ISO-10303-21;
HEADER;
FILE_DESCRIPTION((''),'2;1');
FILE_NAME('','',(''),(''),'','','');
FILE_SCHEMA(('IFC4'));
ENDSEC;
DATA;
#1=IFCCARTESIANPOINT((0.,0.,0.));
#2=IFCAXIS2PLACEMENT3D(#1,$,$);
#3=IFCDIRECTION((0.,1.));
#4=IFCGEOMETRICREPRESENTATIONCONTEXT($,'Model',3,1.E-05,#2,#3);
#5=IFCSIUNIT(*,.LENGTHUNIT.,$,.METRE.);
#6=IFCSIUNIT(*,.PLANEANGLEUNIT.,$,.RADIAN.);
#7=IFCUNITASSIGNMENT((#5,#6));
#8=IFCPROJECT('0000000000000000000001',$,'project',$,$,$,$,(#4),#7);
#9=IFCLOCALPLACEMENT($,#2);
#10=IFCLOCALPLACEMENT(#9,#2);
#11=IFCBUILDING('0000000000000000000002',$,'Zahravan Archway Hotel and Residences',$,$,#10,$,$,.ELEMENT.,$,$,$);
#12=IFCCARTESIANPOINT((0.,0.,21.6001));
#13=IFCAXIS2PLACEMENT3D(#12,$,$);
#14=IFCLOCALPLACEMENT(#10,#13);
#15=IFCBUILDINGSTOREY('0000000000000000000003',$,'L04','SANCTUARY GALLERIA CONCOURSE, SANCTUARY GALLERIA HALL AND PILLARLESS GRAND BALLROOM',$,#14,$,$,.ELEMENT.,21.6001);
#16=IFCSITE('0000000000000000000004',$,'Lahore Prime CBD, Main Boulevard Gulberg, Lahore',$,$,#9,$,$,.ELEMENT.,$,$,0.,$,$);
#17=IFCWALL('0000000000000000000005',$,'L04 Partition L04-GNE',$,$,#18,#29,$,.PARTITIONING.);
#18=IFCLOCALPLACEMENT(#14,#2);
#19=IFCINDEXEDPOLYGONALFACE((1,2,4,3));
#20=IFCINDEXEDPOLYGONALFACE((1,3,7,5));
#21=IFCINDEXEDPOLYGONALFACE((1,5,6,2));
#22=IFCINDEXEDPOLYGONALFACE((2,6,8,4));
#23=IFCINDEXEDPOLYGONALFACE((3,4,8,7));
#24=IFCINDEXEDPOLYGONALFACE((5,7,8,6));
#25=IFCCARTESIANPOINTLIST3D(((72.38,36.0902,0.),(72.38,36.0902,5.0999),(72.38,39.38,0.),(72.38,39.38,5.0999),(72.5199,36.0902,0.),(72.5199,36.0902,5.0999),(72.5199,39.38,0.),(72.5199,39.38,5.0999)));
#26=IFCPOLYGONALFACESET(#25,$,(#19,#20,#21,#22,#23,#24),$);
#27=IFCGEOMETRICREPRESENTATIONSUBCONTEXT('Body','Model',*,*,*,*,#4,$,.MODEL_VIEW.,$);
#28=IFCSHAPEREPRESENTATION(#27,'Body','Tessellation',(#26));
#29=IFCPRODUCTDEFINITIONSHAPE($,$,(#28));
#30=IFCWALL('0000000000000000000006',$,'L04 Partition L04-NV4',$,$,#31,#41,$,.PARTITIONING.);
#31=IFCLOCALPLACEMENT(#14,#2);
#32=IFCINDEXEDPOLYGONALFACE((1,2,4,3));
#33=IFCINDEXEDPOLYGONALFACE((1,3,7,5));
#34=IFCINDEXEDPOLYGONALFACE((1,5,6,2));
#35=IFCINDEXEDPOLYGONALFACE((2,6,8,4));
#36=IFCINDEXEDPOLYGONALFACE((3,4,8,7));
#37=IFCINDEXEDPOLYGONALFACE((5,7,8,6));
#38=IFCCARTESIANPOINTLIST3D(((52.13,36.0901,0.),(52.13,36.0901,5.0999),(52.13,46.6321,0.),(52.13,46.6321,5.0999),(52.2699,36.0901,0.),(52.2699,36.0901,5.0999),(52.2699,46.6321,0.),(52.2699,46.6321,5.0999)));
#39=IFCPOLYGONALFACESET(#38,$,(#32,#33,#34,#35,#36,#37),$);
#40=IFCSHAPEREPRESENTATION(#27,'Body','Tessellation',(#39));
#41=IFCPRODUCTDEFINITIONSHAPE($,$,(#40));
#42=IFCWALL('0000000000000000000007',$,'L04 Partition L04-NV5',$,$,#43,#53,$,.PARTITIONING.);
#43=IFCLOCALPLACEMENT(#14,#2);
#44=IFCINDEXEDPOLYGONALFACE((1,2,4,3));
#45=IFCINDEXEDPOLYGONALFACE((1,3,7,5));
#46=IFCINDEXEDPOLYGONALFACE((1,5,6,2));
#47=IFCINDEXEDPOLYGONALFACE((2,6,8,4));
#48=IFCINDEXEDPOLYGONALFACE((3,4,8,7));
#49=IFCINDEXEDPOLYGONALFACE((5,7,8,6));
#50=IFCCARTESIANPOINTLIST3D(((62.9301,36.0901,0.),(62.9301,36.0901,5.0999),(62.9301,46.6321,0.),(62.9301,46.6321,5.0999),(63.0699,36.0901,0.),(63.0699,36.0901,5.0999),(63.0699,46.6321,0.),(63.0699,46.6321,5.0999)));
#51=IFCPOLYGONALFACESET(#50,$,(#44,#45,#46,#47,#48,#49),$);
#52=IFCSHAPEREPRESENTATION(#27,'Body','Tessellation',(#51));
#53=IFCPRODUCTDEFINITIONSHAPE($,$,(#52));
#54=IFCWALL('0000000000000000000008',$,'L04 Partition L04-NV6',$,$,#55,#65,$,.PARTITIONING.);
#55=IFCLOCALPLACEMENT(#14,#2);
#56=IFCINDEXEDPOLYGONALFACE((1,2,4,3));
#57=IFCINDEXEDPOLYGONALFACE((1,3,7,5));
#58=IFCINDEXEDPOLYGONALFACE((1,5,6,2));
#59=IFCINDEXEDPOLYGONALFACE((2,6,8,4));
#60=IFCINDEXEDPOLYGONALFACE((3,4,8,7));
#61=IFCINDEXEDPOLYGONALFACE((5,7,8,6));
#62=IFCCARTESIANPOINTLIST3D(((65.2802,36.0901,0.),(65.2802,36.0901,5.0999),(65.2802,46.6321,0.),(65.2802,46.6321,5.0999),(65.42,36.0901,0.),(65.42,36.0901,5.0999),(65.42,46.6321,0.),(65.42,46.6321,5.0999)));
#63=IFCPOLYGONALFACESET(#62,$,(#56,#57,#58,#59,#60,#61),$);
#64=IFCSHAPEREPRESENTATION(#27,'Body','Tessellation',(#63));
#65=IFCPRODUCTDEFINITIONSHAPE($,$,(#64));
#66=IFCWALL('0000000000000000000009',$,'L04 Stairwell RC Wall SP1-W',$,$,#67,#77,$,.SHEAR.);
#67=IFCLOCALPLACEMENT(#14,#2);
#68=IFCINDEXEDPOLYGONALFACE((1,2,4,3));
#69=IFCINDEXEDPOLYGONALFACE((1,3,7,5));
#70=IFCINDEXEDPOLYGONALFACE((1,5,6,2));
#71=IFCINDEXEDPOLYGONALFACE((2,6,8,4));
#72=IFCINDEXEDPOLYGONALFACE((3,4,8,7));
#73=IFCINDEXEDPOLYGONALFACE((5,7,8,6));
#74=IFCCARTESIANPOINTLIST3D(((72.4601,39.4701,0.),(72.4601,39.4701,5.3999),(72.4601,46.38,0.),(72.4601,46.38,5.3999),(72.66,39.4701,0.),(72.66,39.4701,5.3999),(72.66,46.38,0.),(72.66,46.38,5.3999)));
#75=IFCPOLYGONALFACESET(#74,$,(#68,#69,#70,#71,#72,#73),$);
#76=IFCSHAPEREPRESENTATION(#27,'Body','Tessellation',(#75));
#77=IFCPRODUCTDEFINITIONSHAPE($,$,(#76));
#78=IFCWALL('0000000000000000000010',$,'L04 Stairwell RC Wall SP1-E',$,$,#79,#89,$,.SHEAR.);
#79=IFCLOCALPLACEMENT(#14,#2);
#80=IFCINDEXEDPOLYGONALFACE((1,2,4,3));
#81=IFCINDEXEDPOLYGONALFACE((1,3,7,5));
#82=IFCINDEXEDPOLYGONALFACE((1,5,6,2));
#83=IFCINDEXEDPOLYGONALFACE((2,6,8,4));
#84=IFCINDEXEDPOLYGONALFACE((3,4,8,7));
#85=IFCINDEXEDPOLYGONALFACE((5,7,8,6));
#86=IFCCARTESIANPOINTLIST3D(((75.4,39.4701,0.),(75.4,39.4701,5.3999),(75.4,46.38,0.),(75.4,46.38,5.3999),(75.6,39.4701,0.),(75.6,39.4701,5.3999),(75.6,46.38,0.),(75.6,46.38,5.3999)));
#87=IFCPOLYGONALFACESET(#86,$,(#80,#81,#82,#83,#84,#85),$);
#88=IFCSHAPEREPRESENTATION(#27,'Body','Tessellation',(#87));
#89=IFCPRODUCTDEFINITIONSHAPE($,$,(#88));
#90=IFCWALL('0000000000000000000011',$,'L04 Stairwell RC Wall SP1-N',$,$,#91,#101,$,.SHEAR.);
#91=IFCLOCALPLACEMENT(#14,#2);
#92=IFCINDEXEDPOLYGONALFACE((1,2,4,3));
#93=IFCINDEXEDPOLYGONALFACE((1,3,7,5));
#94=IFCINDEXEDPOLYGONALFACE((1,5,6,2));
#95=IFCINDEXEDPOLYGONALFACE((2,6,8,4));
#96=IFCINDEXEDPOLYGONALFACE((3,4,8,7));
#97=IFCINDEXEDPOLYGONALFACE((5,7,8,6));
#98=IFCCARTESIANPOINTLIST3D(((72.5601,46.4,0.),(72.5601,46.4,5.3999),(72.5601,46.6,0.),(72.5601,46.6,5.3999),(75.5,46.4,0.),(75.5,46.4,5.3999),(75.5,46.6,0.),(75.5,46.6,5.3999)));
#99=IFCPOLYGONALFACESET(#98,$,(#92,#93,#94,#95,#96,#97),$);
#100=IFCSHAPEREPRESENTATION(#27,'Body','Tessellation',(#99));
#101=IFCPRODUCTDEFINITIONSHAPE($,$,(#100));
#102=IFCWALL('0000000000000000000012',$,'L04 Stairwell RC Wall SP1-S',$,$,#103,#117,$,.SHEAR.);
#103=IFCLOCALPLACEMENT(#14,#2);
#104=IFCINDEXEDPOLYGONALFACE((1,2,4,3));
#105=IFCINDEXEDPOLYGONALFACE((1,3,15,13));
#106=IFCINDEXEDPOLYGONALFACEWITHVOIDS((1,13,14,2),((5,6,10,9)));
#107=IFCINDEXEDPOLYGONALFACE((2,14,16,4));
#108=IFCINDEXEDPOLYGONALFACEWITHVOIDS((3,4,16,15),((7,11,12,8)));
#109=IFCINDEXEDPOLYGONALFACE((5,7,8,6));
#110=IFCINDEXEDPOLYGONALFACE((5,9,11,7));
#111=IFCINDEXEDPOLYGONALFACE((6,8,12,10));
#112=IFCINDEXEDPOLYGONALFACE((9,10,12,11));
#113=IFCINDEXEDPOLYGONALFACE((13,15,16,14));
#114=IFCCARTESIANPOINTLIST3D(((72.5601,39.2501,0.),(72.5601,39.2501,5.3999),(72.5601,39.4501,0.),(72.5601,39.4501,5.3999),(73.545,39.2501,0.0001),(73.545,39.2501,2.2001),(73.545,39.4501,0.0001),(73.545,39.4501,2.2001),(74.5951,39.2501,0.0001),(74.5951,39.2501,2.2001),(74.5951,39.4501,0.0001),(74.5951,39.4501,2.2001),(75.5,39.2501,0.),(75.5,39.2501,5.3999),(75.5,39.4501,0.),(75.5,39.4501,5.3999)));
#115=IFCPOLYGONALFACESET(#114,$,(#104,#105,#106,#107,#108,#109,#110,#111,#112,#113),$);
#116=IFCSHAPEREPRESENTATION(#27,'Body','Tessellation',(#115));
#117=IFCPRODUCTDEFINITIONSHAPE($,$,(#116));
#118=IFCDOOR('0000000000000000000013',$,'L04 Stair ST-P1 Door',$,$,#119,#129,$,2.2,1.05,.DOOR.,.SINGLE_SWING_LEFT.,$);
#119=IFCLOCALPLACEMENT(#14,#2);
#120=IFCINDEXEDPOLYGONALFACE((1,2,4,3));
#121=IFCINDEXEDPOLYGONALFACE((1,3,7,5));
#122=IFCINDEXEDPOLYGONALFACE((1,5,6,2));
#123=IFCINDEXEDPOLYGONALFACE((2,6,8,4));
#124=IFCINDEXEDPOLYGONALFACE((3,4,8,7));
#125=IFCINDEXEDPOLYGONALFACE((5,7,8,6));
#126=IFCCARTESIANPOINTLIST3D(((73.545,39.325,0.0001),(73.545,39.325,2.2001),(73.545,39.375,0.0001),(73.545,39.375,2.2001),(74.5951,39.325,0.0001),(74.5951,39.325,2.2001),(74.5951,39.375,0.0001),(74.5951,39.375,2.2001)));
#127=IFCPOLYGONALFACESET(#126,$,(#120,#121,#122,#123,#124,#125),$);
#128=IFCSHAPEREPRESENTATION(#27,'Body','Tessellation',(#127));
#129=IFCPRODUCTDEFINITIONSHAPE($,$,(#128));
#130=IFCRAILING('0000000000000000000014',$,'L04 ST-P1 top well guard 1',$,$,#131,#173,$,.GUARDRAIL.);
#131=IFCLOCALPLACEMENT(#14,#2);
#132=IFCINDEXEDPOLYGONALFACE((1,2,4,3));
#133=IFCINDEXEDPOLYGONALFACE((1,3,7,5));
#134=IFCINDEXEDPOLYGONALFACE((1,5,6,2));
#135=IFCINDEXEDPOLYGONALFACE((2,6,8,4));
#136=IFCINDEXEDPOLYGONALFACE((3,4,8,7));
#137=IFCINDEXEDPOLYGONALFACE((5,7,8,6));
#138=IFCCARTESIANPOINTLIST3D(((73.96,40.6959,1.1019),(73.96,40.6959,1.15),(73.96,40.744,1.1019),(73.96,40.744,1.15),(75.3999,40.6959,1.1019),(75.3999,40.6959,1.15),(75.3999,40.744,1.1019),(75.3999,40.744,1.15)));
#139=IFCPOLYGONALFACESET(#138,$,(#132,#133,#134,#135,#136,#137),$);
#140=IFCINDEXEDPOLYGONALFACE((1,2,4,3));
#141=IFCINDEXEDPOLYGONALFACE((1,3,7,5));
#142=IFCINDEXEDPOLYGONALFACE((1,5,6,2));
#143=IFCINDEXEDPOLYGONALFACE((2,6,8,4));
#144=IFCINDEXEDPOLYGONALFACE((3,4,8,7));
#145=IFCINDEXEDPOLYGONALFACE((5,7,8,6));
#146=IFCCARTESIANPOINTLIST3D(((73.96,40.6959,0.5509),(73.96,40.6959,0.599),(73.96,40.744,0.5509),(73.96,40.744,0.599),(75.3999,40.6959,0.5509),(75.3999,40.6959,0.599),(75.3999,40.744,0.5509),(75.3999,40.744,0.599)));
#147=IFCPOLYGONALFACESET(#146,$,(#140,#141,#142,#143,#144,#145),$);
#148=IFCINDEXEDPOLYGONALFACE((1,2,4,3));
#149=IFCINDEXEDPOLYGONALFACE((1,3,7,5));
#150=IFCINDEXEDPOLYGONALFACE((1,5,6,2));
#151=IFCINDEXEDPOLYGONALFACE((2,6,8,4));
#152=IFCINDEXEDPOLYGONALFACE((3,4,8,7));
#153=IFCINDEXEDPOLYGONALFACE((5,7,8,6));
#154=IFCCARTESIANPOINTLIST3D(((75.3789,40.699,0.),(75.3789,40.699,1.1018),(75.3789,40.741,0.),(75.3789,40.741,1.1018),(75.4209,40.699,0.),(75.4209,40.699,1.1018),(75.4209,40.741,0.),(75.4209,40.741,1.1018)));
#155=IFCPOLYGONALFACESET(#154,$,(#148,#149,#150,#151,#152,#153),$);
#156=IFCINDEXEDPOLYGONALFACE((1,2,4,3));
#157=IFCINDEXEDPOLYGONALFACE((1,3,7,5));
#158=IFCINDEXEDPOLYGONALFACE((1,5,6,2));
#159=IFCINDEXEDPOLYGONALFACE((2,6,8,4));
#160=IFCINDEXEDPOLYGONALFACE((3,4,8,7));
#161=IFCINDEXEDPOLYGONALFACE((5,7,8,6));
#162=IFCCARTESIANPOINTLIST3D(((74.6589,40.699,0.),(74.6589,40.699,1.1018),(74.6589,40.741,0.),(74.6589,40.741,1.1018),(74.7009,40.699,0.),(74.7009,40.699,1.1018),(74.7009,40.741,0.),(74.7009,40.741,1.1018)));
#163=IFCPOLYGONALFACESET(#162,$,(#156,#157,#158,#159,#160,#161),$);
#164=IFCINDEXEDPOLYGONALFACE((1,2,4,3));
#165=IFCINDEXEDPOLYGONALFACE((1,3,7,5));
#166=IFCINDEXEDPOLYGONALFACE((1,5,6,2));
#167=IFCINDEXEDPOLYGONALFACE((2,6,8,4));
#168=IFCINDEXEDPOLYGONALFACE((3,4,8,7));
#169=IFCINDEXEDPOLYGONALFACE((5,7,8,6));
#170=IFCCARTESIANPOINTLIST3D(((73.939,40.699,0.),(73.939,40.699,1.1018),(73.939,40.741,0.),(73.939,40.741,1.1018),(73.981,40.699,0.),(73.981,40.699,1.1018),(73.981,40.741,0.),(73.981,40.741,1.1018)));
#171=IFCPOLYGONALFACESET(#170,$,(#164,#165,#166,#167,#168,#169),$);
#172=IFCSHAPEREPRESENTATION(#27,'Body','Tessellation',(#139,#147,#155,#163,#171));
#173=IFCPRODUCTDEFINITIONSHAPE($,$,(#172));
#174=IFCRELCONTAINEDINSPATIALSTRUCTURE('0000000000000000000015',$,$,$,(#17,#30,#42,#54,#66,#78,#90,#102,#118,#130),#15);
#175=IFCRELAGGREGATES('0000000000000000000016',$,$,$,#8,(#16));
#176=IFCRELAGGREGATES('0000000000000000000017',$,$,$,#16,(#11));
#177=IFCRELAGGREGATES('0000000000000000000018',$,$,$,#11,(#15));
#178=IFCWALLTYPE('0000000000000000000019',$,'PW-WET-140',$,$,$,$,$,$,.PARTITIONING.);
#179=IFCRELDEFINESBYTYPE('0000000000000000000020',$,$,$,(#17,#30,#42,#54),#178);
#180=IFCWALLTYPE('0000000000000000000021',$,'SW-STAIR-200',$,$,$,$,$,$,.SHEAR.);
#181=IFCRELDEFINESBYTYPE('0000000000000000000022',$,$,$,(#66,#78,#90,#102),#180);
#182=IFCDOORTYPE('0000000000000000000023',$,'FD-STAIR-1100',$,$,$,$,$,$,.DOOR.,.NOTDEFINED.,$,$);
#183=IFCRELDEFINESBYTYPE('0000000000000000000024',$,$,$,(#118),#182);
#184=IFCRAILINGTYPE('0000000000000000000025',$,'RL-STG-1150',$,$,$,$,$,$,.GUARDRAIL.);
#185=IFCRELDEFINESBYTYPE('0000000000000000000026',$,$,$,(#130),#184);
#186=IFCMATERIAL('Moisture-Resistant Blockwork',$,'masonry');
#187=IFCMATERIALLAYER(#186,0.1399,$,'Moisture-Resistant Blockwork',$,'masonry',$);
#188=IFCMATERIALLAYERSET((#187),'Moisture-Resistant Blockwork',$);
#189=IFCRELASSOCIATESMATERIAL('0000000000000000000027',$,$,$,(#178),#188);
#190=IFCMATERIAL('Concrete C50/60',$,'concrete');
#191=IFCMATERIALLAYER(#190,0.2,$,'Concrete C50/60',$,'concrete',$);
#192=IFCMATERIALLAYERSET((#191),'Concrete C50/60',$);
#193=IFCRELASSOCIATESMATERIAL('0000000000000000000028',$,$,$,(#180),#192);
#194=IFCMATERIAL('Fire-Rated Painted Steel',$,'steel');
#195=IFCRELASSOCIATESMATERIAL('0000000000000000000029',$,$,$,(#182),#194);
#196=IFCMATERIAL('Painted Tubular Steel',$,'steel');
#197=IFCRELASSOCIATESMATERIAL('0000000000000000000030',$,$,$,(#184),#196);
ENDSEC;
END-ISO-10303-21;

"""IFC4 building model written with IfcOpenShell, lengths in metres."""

from ifc_helpers import new_model, si_unit, direction, frame, frame_2d, origin, origin_2d, place, context, subcontext, project, spatial, rectangle, extrude, source, transform, mapped, material, layer, layer_set, type_object, type_shapes, element, fill, save


model = new_model("IFC4")

# Units and contexts
model_context = context("Model", 3, precision=1e-05, world=origin(), true_north=direction((0.0, 1.0)))
body_context = subcontext(model_context, "Body", "Model", "MODEL_VIEW")
ifc_project = project(units=[si_unit("LENGTHUNIT", "METRE"), si_unit("PLANEANGLEUNIT", "RADIAN")], contexts=[model_context])

# Site, building, storey
site_placement = place(None, origin())
site = spatial("IfcSite", under=ifc_project, at=site_placement, Name="Lahore Prime CBD, Main Boulevard Gulberg, Lahore", CompositionType="ELEMENT", RefElevation=0.0)
building_placement = place(site_placement, origin())
building = spatial("IfcBuilding", under=site, at=building_placement, Name="Zahravan Archway Hotel and Residences", CompositionType="ELEMENT")
storey_placement = place(building_placement, frame((0.0, 0.0, 21.6001)))
storey = spatial("IfcBuildingStorey", under=building, at=storey_placement, Name="L04", Description="SANCTUARY GALLERIA CONCOURSE, SANCTUARY GALLERIA HALL AND PILLARLESS GRAND BALLROOM", CompositionType="ELEMENT", Elevation=21.6001)

# Walls
ifc_material_1 = material(Name="Moisture-Resistant Blockwork", Category="masonry")
ifc_layer_1 = layer(ifc_material_1, 0.1399, Name="Moisture-Resistant Blockwork", Category="masonry")
ifc_layer_set_1 = layer_set([ifc_layer_1], Name="Moisture-Resistant Blockwork")
wall_type_1 = type_object("IfcWallType", Name="PW-WET-140", PredefinedType="PARTITIONING", material=ifc_layer_set_1)
wall_1_placement = place(storey_placement, frame((72.45, 36.0901, 0.0), z_axis=(0.0, 0.0, 1.0), x_axis=(0.0, 1.0, 0.0)))
element("IfcWall", 1, at=wall_1_placement, inside=storey, type_object=wall_type_1, Name="L04 Partition L04-GNE", PredefinedType="PARTITIONING", context=body_context, shape_type="SweptSolid", body=[
    extrude(rectangle(XDim=3.2898, YDim=0.1399, at=frame_2d((1.645, 0.0))), origin(), (0.0, 0.0, 1.0), 5.0999),
])
for number, where, z_axis, x_axis, name in (
    (2, (52.2, 36.0901, 0.0), (0.0, 0.0, 1.0), (0.0, 1.0, 0.0), "L04 Partition L04-NV4"),
    (3, (63.0, 36.0901, 0.0), (0.0, 0.0, 1.0), (0.0, 1.0, 0.0), "L04 Partition L04-NV5"),
    (4, (65.3501, 36.0901, 0.0), (0.0, 0.0, 1.0), (0.0, 1.0, 0.0), "L04 Partition L04-NV6"),
):
    element("IfcWall", number, at=place(storey_placement, frame(where, z_axis=z_axis, x_axis=x_axis)), inside=storey, type_object=wall_type_1, Name=name, PredefinedType="PARTITIONING", context=body_context, shape_type="SweptSolid", body=[
        extrude(rectangle(XDim=10.542, YDim=0.1399, at=frame_2d((5.271, 0.0))), origin(), (0.0, 0.0, 1.0), 5.0999),
    ])
ifc_material_2 = material(Name="Concrete C50/60", Category="concrete")
ifc_layer_2 = layer(ifc_material_2, 0.2, Name="Concrete C50/60", Category="concrete")
ifc_layer_set_2 = layer_set([ifc_layer_2], Name="Concrete C50/60")
wall_type_2 = type_object("IfcWallType", Name="SW-STAIR-200", PredefinedType="SHEAR", material=ifc_layer_set_2)
for number, where, z_axis, x_axis, name in (
    (5, (72.5601, 39.47, 0.0), (0.0, 0.0, 1.0), (0.0, 1.0, 0.0), "L04 Stairwell RC Wall SP1-W"),
    (6, (75.5, 39.47, 0.0), (0.0, 0.0, 1.0), (0.0, 1.0, 0.0), "L04 Stairwell RC Wall SP1-E"),
):
    element("IfcWall", number, at=place(storey_placement, frame(where, z_axis=z_axis, x_axis=x_axis)), inside=storey, type_object=wall_type_2, Name=name, PredefinedType="SHEAR", context=body_context, shape_type="SweptSolid", body=[
        extrude(rectangle(XDim=6.9099, YDim=0.2, at=frame_2d((3.4551, 0.0))), origin(), (0.0, 0.0, 1.0), 5.3999),
    ])
wall_2_placement = place(storey_placement, frame((72.5601, 46.5, 0.0), z_axis=(0.0, 0.0, 1.0), x_axis=(1.0, 0.0, 0.0)))
element("IfcWall", 7, at=wall_2_placement, inside=storey, type_object=wall_type_2, Name="L04 Stairwell RC Wall SP1-N", PredefinedType="SHEAR", context=body_context, shape_type="SweptSolid", body=[
    extrude(rectangle(XDim=2.9399, YDim=0.2, at=frame_2d((1.47, 0.0))), origin(), (0.0, 0.0, 1.0), 5.3999),
])

# Wall, opening, door
wall_3_placement = place(storey_placement, frame((72.5601, 39.3501, 0.0), z_axis=(0.0, 0.0, 1.0), x_axis=(1.0, 0.0, 0.0)))
wall_3 = element("IfcWall", 8, at=wall_3_placement, inside=storey, type_object=wall_type_2, Name="L04 Stairwell RC Wall SP1-S", PredefinedType="SHEAR", context=body_context, shape_type="SweptSolid", body=[
    extrude(rectangle(XDim=2.9399, YDim=0.2, at=frame_2d((1.47, 0.0))), origin(), (0.0, 0.0, 1.0), 5.3999),
])
opening_placement = place(wall_3_placement, frame((0.9851, 0.0, 0.0)))
opening = element("IfcOpeningElement", 9, at=opening_placement, cuts=wall_3, PredefinedType="OPENING", context=body_context, shape_type="SweptSolid", body=[
    extrude(rectangle(XDim=1.05, YDim=2.2, at=frame_2d((0.5249, 1.1001))), frame((0.0, 0.1099, 0.0), z_axis=(0.0, -1.0, 0.0), x_axis=(1.0, 0.0, 0.0)), (0.0, 0.0, 1.0), 0.22),
])
ifc_material_3 = material(Name="Fire-Rated Painted Steel", Category="steel")
door_type = type_object("IfcDoorType", Name="FD-STAIR-1100", OperationType="NOTDEFINED", PredefinedType="DOOR", material=ifc_material_3)
shared_shape_1 = source(origin(), body_context, "Body", "SweptSolid", [
    extrude(rectangle(XDim=1.05, YDim=2.2, at=frame_2d((0.5249, 1.1001))), frame((0.0, 0.0249, 0.0), z_axis=(0.0, -1.0, 0.0), x_axis=(1.0, 0.0, 0.0)), (0.0, 0.0, 1.0), 0.05),
])
type_shapes(door_type, [shared_shape_1])
door_placement = place(opening_placement, origin())
door = element("IfcDoor", 10, at=door_placement, inside=storey, type_object=door_type, Name="L04 Stair ST-P1 Door", OperationType="SINGLE_SWING_LEFT", OverallHeight=2.2, OverallWidth=1.05, PredefinedType="DOOR", context=body_context, shape_type="MappedRepresentation", body=[
    mapped(shared_shape_1, transform((0.0, 0.0, 0.0), scale=1.0)),
])
fill(opening, door)

# Railing
ifc_material_4 = material(Name="Painted Tubular Steel", Category="steel")
railing_type = type_object("IfcRailingType", Name="RL-STG-1150", PredefinedType="GUARDRAIL", material=ifc_material_4)
railing_placement = place(storey_placement, frame((75.3999, 40.72, 0.0)))
element("IfcRailing", 11, at=railing_placement, inside=storey, type_object=railing_type, Name="L04 ST-P1 top well guard 1", PredefinedType="GUARDRAIL", context=body_context, shape_type="SweptSolid", body=[
    extrude(rectangle(XDim=0.0481, YDim=0.0481, at=origin_2d()), frame((0.0, 0.0, 1.126), z_axis=(-1.0, 0.0, 0.0), x_axis=(0.0, -1.0, 0.0)), (0.0, 0.0, 1.0), 1.4399),
    extrude(rectangle(XDim=0.0481, YDim=0.0481, at=origin_2d()), frame((0.0, 0.0, 0.575), z_axis=(-1.0, 0.0, 0.0), x_axis=(0.0, -1.0, 0.0)), (0.0, 0.0, 1.0), 1.4399),
    extrude(rectangle(XDim=0.042, YDim=0.042, at=origin_2d()), origin(), (0.0, 0.0, 1.0), 1.1018),
    extrude(rectangle(XDim=0.042, YDim=0.042, at=origin_2d()), frame((-0.72, 0.0, 0.0)), (0.0, 0.0, 1.0), 1.1018),
    extrude(rectangle(XDim=0.042, YDim=0.042, at=origin_2d()), frame((-1.4399, 0.0, 0.0)), (0.0, 0.0, 1.0), 1.1018),
])

save(model, "model.ifc")
